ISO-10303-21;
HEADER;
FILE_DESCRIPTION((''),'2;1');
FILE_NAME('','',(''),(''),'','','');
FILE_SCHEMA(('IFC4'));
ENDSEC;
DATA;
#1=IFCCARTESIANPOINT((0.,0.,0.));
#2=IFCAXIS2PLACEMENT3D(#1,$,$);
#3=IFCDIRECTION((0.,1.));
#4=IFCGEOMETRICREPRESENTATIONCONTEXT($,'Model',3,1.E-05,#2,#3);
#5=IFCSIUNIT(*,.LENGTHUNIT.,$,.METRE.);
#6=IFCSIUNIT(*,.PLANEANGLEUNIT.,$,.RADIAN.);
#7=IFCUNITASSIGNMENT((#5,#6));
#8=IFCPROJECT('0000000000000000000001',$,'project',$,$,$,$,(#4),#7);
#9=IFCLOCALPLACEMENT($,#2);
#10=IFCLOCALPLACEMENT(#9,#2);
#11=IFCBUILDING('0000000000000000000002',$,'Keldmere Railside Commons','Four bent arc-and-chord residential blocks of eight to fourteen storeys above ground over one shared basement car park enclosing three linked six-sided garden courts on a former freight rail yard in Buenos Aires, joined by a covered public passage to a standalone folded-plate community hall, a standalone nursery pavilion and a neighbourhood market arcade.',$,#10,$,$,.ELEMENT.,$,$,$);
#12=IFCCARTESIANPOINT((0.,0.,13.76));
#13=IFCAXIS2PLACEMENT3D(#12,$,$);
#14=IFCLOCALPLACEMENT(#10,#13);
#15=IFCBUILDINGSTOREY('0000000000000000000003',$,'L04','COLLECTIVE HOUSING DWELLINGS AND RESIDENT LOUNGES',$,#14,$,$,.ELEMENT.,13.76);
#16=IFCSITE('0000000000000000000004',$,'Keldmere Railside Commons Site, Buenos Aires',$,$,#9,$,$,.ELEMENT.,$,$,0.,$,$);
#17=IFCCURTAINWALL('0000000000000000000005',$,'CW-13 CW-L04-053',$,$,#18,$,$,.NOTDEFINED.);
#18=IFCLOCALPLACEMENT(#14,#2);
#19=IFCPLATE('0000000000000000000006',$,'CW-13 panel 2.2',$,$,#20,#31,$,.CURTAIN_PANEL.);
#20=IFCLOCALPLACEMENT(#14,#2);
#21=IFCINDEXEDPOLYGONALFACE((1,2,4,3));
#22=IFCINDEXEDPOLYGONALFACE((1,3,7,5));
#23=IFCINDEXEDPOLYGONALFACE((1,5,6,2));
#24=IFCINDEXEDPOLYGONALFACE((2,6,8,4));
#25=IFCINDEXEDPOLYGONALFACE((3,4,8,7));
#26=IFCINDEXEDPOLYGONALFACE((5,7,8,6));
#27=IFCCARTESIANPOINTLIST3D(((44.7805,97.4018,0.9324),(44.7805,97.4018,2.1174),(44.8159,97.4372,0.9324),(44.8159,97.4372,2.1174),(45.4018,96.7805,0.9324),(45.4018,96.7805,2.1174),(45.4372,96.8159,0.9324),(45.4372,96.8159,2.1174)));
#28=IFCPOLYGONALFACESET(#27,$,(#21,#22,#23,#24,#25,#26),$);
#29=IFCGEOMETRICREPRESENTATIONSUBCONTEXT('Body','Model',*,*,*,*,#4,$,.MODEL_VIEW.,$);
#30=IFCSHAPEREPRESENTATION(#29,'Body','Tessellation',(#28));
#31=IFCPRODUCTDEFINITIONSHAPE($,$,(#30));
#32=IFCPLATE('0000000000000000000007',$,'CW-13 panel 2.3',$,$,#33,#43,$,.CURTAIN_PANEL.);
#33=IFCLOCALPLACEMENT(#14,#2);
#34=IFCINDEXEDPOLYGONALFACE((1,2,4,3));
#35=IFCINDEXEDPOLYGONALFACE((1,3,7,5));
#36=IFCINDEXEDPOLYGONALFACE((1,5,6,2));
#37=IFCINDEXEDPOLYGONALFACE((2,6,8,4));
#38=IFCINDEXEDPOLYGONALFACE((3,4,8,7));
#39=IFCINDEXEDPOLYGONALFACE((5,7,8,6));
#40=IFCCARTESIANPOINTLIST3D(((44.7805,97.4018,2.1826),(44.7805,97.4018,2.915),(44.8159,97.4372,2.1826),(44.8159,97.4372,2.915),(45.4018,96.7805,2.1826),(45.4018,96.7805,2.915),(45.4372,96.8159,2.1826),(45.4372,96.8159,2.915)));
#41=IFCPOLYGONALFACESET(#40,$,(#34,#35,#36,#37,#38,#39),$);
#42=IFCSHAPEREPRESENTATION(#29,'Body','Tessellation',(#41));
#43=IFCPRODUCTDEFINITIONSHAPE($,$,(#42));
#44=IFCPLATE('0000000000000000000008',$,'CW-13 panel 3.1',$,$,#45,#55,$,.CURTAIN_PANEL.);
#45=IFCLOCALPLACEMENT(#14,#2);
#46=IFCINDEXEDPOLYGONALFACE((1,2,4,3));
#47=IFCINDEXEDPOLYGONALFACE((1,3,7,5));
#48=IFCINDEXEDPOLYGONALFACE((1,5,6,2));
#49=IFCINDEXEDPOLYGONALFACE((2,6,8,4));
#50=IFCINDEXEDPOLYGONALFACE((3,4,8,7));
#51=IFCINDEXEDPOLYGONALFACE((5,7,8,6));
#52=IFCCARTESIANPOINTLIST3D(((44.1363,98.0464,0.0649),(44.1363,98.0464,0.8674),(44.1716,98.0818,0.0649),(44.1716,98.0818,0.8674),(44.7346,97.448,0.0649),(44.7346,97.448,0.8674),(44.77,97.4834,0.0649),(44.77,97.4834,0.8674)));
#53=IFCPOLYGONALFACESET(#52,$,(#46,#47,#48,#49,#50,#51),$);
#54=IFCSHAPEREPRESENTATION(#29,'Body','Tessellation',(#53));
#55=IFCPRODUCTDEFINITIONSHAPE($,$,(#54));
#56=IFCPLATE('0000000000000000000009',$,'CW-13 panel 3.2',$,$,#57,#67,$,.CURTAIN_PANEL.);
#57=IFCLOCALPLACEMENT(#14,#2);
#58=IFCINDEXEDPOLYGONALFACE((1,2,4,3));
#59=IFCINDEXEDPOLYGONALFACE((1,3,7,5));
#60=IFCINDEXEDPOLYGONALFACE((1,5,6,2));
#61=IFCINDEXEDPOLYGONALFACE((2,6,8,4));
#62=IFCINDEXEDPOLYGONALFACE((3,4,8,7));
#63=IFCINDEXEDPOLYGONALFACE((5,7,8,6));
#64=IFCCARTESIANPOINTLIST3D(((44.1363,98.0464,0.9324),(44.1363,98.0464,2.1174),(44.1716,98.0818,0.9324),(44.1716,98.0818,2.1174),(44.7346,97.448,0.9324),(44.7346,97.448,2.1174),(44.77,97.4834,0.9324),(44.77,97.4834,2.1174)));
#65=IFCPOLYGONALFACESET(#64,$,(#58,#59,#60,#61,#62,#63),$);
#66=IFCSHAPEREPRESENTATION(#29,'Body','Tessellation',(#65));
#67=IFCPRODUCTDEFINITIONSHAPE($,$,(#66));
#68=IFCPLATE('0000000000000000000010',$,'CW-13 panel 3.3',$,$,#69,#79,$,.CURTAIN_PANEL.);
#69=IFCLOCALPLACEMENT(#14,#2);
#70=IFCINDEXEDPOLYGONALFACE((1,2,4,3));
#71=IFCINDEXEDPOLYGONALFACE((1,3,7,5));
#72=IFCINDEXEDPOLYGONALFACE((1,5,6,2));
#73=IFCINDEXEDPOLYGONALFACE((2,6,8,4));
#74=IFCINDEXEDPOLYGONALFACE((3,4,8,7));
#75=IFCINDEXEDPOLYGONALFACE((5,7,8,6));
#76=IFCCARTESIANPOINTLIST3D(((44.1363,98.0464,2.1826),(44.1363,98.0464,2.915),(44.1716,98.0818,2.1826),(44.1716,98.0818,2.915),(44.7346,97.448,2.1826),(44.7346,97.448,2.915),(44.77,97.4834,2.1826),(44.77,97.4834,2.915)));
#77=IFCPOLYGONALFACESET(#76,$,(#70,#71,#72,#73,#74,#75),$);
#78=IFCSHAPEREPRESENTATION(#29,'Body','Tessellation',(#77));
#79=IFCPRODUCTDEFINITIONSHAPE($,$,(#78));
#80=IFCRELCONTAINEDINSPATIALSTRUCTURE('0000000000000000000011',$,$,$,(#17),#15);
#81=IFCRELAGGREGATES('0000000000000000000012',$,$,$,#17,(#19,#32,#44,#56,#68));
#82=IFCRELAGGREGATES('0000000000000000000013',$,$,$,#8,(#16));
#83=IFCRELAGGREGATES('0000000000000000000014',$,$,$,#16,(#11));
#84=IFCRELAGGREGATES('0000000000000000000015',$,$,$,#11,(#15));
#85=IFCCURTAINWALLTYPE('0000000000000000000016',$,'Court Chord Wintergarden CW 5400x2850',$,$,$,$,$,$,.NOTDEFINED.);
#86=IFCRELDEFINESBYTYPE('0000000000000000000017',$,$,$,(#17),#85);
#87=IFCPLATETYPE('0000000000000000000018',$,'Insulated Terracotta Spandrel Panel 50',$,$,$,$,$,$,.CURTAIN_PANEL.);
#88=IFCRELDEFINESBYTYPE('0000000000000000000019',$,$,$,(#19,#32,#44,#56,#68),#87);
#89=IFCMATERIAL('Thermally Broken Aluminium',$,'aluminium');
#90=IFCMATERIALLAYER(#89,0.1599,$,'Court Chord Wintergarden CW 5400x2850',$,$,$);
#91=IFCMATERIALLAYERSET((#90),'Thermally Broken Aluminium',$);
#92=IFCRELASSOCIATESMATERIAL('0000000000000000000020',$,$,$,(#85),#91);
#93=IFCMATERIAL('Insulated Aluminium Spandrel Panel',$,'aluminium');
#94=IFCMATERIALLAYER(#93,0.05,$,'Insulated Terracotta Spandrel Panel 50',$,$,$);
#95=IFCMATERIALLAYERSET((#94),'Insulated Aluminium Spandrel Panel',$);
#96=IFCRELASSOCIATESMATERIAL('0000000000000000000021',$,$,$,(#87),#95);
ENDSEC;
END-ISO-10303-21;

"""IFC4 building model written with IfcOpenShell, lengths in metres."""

from ifc_helpers import new_model, si_unit, direction, frame, origin, origin_2d, place, context, subcontext, project, spatial, rectangle, extrude, material, layer, layer_set, type_object, element, aggregate, save


model = new_model("IFC4")

# Units and contexts
model_context = context("Model", 3, precision=1e-05, world=origin(), true_north=direction((0.0, 1.0)))
body_context = subcontext(model_context, "Body", "Model", "MODEL_VIEW")
ifc_project = project(units=[si_unit("LENGTHUNIT", "METRE"), si_unit("PLANEANGLEUNIT", "RADIAN")], contexts=[model_context])

# Site, building, storey
site_placement = place(None, origin())
site = spatial("IfcSite", under=ifc_project, at=site_placement, Name="Keldmere Railside Commons Site, Buenos Aires", CompositionType="ELEMENT", RefElevation=0.0)
building_placement = place(site_placement, origin())
building = spatial("IfcBuilding", under=site, at=building_placement, Name="Keldmere Railside Commons", Description="Four bent arc-and-chord residential blocks of eight to fourteen storeys above ground over one shared basement car park enclosing three linked six-sided garden courts on a former freight rail yard in Buenos Aires, joined by a covered public passage to a standalone folded-plate community hall, a standalone nursery pavilion and a neighbourhood market arcade.", CompositionType="ELEMENT")
storey_placement = place(building_placement, frame((0.0, 0.0, 13.76)))
storey = spatial("IfcBuildingStorey", under=building, at=storey_placement, Name="L04", Description="COLLECTIVE HOUSING DWELLINGS AND RESIDENT LOUNGES", CompositionType="ELEMENT", Elevation=13.76)

# Curtain wall
ifc_material_1 = material(Name="Thermally Broken Aluminium", Category="aluminium")
ifc_layer_1 = layer(ifc_material_1, 0.1599, Name="Court Chord Wintergarden CW 5400x2850")
ifc_layer_set_1 = layer_set([ifc_layer_1], Name="Thermally Broken Aluminium")
curtain_wall_type_1 = type_object("IfcCurtainWallType", Name="Court Chord Wintergarden CW 5400x2850", PredefinedType="NOTDEFINED", material=ifc_layer_set_1)
curtain_wall_1_placement = place(storey_placement, origin())
curtain_wall_1 = element("IfcCurtainWall", 1, at=curtain_wall_1_placement, inside=storey, type_object=curtain_wall_type_1, Name="CW-13 CW-L04-053", PredefinedType="NOTDEFINED")

# Plates
ifc_material_2 = material(Name="Insulated Aluminium Spandrel Panel", Category="aluminium")
ifc_layer_2 = layer(ifc_material_2, 0.05, Name="Insulated Terracotta Spandrel Panel 50")
ifc_layer_set_2 = layer_set([ifc_layer_2], Name="Insulated Aluminium Spandrel Panel")
plate_type_1 = type_object("IfcPlateType", Name="Insulated Terracotta Spandrel Panel 50", PredefinedType="CURTAIN_PANEL", material=ifc_layer_set_2)
plate_1_placement = place(storey_placement, frame((45.1089, 97.1089, 0.9324), z_axis=(0.0, 0.0, 1.0), x_axis=(-0.707107, 0.707107, 0.0)))
plate_1 = element("IfcPlate", 2, at=plate_1_placement, type_object=plate_type_1, Name="CW-13 panel 2.2", PredefinedType="CURTAIN_PANEL", context=body_context, shape_type="SweptSolid", body=[
    extrude(rectangle(XDim=0.8787, YDim=0.05, at=origin_2d()), origin(), (0.0, 0.0, 1.0), 1.1851),
])
plate_2_placement = place(storey_placement, frame((45.1089, 97.1089, 2.1826), z_axis=(0.0, 0.0, 1.0), x_axis=(-0.707107, 0.707107, 0.0)))
plate_2 = element("IfcPlate", 3, at=plate_2_placement, type_object=plate_type_1, Name="CW-13 panel 2.3", PredefinedType="CURTAIN_PANEL", context=body_context, shape_type="SweptSolid", body=[
    extrude(rectangle(XDim=0.8787, YDim=0.05, at=origin_2d()), origin(), (0.0, 0.0, 1.0), 0.7324),
])
plate_3_placement = place(storey_placement, frame((44.4531, 97.7649, 0.0649), z_axis=(0.0, 0.0, 1.0), x_axis=(-0.707107, 0.707107, 0.0)))
plate_3 = element("IfcPlate", 4, at=plate_3_placement, type_object=plate_type_1, Name="CW-13 panel 3.1", PredefinedType="CURTAIN_PANEL", context=body_context, shape_type="SweptSolid", body=[
    extrude(rectangle(XDim=0.8462, YDim=0.05, at=origin_2d()), origin(), (0.0, 0.0, 1.0), 0.8025),
])
plate_4_placement = place(storey_placement, frame((44.4531, 97.7649, 0.9324), z_axis=(0.0, 0.0, 1.0), x_axis=(-0.707107, 0.707107, 0.0)))
plate_4 = element("IfcPlate", 5, at=plate_4_placement, type_object=plate_type_1, Name="CW-13 panel 3.2", PredefinedType="CURTAIN_PANEL", context=body_context, shape_type="SweptSolid", body=[
    extrude(rectangle(XDim=0.8462, YDim=0.05, at=origin_2d()), origin(), (0.0, 0.0, 1.0), 1.1851),
])
plate_5_placement = place(storey_placement, frame((44.4531, 97.7649, 2.1826), z_axis=(0.0, 0.0, 1.0), x_axis=(-0.707107, 0.707107, 0.0)))
plate_5 = element("IfcPlate", 6, at=plate_5_placement, type_object=plate_type_1, Name="CW-13 panel 3.3", PredefinedType="CURTAIN_PANEL", context=body_context, shape_type="SweptSolid", body=[
    extrude(rectangle(XDim=0.8462, YDim=0.05, at=origin_2d()), origin(), (0.0, 0.0, 1.0), 0.7324),
])
aggregate(curtain_wall_1, [plate_1, plate_2, plate_3, plate_4, plate_5])

save(model, "model.ifc")
